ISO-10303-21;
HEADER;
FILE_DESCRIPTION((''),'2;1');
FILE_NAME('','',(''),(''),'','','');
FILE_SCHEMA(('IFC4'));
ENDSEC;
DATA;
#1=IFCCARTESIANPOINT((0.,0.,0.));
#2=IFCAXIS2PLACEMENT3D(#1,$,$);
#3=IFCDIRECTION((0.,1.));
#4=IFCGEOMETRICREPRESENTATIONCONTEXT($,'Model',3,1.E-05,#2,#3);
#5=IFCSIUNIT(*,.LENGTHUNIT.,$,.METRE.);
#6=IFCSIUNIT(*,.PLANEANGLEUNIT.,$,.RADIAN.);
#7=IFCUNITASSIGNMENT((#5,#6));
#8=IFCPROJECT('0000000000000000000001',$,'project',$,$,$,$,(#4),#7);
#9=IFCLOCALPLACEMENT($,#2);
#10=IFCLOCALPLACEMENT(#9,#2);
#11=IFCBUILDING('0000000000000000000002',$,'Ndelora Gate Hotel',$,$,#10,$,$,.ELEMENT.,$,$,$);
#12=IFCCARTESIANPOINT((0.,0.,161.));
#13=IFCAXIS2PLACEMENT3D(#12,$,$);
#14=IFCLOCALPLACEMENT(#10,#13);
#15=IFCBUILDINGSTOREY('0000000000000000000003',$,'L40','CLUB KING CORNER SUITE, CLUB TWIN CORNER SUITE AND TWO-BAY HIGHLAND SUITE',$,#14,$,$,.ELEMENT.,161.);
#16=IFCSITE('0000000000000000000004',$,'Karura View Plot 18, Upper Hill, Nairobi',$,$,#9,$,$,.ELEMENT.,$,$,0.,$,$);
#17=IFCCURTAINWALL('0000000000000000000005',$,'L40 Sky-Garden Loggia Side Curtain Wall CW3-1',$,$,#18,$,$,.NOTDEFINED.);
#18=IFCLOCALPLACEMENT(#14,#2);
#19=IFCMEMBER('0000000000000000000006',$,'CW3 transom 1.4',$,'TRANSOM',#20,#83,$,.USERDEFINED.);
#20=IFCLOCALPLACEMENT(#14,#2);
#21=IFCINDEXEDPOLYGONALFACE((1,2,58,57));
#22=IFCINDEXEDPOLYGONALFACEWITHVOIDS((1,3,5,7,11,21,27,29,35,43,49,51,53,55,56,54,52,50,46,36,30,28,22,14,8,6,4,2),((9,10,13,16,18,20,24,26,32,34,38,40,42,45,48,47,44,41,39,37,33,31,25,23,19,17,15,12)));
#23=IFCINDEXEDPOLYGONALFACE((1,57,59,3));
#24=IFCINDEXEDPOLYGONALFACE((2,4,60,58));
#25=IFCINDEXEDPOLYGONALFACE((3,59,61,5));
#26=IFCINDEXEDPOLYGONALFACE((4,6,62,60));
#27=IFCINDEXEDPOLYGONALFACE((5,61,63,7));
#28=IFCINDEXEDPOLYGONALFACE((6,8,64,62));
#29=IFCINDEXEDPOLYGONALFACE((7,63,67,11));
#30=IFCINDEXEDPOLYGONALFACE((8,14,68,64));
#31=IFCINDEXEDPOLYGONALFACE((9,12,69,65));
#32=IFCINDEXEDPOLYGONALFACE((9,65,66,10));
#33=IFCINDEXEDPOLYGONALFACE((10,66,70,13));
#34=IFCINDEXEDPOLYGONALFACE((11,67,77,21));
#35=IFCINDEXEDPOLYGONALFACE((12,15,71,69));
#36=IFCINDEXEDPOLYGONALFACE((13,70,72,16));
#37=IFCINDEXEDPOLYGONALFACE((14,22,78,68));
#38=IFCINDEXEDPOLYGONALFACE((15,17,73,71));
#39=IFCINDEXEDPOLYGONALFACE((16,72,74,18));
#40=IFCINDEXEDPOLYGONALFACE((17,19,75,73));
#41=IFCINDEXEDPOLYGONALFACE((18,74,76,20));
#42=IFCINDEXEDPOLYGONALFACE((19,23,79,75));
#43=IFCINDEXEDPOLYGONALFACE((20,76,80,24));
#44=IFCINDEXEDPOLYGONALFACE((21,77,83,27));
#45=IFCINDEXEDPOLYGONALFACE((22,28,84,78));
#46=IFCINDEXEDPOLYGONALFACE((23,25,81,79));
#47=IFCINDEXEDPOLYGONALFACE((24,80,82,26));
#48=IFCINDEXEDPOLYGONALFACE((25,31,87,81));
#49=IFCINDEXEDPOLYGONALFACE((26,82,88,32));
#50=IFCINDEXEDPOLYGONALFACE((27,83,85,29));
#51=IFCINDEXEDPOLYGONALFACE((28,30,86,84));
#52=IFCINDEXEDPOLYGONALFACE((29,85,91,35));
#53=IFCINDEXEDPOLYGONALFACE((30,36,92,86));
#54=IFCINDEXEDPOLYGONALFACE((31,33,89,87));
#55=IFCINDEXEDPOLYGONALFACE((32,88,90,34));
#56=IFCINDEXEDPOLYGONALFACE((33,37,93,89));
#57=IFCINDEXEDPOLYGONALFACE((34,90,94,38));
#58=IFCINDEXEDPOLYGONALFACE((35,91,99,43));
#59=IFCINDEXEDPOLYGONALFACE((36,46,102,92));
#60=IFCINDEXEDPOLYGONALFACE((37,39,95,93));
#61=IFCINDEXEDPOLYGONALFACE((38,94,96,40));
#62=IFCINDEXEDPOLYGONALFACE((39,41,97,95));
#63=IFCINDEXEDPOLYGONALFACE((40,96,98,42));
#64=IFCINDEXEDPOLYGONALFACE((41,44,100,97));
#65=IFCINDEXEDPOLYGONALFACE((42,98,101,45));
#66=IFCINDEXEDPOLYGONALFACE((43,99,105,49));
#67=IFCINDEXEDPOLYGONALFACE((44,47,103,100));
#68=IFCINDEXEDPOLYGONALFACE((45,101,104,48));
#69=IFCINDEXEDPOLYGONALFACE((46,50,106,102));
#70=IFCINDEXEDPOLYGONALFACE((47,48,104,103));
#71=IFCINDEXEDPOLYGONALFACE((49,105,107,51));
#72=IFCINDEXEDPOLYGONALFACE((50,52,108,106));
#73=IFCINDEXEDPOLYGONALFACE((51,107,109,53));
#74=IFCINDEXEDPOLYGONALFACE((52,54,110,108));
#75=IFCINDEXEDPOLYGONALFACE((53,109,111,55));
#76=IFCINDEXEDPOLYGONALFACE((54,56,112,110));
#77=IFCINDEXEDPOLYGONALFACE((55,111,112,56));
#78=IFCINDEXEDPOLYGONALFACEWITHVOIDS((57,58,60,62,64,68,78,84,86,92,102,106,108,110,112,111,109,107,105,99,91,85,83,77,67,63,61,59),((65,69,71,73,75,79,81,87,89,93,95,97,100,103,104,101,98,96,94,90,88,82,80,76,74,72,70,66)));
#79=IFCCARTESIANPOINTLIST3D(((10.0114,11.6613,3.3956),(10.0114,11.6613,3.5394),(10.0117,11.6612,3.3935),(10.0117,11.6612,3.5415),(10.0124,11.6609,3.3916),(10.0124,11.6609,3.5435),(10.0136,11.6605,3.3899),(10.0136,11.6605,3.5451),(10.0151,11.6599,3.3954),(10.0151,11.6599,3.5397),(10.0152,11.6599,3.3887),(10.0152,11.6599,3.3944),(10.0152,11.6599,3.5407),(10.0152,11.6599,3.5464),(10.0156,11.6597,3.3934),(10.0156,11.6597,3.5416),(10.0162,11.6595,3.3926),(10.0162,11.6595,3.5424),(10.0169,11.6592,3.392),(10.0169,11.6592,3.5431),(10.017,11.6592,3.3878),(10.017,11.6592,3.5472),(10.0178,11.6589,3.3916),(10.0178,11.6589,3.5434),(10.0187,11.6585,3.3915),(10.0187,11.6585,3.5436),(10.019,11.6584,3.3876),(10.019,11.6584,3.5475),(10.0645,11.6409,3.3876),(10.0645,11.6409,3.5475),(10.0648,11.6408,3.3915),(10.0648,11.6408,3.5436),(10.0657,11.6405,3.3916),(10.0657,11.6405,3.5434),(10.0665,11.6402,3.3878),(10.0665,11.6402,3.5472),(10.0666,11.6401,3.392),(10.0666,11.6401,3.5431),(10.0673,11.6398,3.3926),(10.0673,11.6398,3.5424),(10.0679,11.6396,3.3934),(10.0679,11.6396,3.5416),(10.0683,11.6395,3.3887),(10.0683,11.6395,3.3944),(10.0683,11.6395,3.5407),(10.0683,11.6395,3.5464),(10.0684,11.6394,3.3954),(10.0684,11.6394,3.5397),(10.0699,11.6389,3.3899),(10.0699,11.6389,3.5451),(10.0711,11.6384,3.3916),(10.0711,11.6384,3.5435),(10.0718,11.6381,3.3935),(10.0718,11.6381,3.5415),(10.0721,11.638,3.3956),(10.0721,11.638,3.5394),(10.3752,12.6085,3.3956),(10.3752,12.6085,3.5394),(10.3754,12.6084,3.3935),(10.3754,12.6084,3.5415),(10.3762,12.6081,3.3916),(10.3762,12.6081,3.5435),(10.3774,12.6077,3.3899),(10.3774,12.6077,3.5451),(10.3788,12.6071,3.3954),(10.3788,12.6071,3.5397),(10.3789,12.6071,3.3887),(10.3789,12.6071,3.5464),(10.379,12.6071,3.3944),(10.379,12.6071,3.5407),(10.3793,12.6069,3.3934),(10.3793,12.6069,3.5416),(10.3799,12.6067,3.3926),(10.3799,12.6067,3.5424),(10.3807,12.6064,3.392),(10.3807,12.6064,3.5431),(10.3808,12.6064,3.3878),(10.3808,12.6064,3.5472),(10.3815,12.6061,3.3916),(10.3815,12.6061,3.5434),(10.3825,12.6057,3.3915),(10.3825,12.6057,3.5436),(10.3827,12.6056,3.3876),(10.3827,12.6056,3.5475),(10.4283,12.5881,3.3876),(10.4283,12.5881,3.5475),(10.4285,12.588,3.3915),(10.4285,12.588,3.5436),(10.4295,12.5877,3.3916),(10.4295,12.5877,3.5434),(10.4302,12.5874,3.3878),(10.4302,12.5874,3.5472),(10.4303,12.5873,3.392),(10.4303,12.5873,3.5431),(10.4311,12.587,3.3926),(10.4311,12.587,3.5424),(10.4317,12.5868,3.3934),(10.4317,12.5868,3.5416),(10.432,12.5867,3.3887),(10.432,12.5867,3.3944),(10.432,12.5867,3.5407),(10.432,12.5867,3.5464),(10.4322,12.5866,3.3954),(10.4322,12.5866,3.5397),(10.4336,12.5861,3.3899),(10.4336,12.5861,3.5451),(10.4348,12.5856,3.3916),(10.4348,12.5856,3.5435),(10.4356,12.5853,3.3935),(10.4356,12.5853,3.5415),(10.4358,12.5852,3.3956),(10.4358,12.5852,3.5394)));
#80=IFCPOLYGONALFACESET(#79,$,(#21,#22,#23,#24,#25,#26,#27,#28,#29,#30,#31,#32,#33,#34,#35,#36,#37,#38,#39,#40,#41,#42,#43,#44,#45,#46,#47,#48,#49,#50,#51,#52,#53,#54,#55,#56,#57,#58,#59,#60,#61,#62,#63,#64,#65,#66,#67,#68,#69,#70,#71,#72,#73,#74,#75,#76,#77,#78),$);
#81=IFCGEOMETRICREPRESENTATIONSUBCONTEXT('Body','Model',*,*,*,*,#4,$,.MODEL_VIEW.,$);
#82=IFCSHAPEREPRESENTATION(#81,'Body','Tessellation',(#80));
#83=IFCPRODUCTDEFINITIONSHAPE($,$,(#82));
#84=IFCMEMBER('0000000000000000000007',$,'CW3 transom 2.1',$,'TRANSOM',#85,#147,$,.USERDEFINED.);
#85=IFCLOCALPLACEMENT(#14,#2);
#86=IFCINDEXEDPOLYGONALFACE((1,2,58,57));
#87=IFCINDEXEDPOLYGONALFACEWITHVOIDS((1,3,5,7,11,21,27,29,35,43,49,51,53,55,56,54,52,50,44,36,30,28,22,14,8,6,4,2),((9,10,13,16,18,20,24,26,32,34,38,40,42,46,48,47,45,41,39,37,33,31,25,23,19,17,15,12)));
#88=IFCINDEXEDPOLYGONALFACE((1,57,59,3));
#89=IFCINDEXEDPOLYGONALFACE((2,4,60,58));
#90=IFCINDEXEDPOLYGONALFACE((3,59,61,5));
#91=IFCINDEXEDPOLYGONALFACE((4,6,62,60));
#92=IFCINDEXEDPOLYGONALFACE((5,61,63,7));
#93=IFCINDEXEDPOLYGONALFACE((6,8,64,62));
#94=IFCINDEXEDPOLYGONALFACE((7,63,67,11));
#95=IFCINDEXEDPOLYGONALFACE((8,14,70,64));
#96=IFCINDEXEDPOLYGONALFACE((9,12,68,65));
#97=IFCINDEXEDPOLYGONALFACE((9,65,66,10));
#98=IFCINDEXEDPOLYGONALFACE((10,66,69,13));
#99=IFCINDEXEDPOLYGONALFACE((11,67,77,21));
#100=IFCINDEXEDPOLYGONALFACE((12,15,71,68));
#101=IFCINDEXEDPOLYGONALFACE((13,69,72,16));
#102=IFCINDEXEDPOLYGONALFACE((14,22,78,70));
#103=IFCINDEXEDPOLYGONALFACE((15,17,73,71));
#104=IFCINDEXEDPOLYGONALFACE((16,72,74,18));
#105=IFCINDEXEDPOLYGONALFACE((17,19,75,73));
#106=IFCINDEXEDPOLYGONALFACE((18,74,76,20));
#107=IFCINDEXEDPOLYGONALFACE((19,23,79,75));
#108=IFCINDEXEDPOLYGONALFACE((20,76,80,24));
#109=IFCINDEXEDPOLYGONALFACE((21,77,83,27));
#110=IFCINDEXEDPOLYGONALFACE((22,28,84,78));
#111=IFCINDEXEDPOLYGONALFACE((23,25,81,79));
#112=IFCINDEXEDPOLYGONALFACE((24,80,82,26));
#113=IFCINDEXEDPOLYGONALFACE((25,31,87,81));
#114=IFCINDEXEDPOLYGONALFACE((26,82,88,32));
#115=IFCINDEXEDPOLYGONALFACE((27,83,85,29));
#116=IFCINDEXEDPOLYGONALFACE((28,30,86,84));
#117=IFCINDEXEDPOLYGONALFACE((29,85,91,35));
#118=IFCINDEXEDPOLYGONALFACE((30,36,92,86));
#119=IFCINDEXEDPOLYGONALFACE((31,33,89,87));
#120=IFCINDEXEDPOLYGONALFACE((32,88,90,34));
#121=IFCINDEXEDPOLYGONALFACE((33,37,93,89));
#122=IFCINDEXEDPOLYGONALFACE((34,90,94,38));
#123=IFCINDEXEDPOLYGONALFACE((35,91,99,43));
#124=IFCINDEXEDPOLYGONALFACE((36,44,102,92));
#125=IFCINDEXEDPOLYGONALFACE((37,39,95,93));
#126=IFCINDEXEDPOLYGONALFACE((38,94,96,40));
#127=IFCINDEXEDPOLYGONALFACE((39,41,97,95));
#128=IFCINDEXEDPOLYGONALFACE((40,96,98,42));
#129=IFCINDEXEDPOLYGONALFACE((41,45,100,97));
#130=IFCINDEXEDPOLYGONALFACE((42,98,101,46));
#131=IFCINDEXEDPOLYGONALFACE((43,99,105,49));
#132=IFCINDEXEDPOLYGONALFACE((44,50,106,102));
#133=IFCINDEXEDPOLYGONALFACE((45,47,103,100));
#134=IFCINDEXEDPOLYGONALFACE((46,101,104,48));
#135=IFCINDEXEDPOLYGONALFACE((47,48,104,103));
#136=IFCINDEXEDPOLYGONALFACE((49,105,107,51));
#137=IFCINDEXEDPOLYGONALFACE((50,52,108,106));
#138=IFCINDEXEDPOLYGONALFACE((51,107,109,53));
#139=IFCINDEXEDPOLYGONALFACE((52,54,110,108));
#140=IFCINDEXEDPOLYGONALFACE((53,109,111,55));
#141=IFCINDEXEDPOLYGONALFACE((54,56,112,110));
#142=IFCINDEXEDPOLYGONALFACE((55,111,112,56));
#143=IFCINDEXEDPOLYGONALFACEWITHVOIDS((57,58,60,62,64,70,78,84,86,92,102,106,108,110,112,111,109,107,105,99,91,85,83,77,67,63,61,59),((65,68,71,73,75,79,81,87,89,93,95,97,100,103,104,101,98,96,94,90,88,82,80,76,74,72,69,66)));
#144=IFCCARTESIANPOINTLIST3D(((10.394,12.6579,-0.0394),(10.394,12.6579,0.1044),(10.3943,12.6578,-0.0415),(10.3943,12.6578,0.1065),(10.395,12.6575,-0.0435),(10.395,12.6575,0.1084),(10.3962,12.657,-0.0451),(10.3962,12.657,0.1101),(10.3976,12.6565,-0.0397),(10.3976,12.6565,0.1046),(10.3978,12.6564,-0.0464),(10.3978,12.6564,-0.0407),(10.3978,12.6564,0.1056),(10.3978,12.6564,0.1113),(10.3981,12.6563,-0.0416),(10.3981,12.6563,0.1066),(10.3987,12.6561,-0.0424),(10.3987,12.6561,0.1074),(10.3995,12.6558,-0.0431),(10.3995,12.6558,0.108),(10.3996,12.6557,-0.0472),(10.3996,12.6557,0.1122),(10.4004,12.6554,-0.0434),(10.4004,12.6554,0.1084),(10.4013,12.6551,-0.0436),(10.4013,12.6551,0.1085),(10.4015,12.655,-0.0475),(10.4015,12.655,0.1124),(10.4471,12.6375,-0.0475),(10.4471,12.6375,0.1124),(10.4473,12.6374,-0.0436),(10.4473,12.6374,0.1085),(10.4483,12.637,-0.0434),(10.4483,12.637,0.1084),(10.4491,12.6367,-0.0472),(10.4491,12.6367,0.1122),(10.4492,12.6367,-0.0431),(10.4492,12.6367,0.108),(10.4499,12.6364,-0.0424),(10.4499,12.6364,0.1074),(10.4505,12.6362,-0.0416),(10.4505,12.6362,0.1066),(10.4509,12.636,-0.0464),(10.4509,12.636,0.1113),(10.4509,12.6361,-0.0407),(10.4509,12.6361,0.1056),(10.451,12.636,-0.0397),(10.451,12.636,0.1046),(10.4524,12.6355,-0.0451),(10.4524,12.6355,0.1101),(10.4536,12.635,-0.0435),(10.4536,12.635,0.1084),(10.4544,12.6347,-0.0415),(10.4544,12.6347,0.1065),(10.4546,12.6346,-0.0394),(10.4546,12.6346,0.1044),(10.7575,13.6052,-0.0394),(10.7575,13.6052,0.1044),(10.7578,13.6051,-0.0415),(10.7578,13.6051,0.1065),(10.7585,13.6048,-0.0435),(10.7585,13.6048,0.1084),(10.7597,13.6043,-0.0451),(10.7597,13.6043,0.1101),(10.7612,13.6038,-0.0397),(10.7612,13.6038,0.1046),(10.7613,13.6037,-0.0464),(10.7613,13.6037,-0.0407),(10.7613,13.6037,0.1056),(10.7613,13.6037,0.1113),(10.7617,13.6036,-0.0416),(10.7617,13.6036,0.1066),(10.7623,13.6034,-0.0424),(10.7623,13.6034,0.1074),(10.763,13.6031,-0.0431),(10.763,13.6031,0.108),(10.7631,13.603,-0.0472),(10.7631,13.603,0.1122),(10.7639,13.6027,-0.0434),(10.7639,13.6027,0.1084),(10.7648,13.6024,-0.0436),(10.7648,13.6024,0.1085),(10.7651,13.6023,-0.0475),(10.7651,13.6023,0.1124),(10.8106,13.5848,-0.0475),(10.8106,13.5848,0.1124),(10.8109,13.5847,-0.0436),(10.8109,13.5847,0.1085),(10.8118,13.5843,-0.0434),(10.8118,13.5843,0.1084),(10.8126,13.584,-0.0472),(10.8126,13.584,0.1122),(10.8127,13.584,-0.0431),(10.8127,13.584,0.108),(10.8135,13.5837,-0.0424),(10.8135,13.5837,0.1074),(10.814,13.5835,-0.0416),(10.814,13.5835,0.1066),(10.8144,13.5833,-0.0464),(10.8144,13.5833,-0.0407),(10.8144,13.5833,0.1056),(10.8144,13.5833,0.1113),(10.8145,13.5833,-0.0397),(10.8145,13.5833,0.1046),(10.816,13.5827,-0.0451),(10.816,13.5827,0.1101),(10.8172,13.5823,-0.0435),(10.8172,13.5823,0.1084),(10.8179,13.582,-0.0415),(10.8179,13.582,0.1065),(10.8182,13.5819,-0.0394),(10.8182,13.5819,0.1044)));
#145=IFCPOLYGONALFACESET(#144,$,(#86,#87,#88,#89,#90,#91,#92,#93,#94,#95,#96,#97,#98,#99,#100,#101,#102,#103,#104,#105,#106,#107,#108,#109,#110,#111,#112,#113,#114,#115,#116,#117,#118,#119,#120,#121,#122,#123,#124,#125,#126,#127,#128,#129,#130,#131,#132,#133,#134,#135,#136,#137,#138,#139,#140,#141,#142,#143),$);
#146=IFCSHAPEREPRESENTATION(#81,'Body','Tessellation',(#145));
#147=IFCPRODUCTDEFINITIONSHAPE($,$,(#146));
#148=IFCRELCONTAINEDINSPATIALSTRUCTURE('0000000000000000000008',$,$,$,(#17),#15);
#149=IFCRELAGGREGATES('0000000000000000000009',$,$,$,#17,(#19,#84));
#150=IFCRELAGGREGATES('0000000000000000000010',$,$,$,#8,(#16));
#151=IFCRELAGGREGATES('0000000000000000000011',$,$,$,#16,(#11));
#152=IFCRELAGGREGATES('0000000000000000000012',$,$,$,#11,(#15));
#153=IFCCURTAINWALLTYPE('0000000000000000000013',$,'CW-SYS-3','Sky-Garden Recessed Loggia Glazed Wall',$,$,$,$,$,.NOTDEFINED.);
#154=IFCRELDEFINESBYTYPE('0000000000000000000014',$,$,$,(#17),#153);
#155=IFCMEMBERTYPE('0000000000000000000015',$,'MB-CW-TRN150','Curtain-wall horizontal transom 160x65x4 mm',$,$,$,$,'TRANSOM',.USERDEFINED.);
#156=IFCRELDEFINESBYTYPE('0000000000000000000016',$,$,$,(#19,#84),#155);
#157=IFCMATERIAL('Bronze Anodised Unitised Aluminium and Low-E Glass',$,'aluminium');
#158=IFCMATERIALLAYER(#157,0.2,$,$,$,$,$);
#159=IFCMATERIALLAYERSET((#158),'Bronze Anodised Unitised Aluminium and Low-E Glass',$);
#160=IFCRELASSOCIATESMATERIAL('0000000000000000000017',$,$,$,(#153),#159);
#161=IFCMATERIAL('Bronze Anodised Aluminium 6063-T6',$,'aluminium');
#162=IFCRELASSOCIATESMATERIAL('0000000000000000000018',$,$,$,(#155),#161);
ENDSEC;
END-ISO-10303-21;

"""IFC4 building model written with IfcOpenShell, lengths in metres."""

from ifc_helpers import new_model, si_unit, direction, frame, origin, origin_2d, place, context, subcontext, project, spatial, hollow_rectangle, extrude, material, layer, layer_set, material_profile, profile_set, type_object, element, aggregate, save


model = new_model("IFC4")

# Units and contexts
model_context = context("Model", 3, precision=1e-05, world=origin(), true_north=direction((0.0, 1.0)))
body_context = subcontext(model_context, "Body", "Model", "MODEL_VIEW")
ifc_project = project(units=[si_unit("LENGTHUNIT", "METRE"), si_unit("PLANEANGLEUNIT", "RADIAN")], contexts=[model_context])

# Site, building, storey
site_placement = place(None, origin())
site = spatial("IfcSite", under=ifc_project, at=site_placement, Name="Karura View Plot 18, Upper Hill, Nairobi", CompositionType="ELEMENT", RefElevation=0.0)
building_placement = place(site_placement, origin())
building = spatial("IfcBuilding", under=site, at=building_placement, Name="Ndelora Gate Hotel", CompositionType="ELEMENT")
storey_placement = place(building_placement, frame((0.0, 0.0, 161.0)))
storey = spatial("IfcBuildingStorey", under=building, at=storey_placement, Name="L40", Description="CLUB KING CORNER SUITE, CLUB TWIN CORNER SUITE AND TWO-BAY HIGHLAND SUITE", CompositionType="ELEMENT", Elevation=161.0)

# Curtain wall, members
ifc_material_1 = material(Name="Bronze Anodised Unitised Aluminium and Low-E Glass", Category="aluminium")
ifc_layer_1 = layer(ifc_material_1, 0.2)
ifc_layer_set_1 = layer_set([ifc_layer_1], Name="Bronze Anodised Unitised Aluminium and Low-E Glass")
curtain_wall_type = type_object("IfcCurtainWallType", Name="CW-SYS-3", Description="Sky-Garden Recessed Loggia Glazed Wall", PredefinedType="NOTDEFINED", material=ifc_layer_set_1)
curtain_wall_placement = place(storey_placement, origin())
curtain_wall = element("IfcCurtainWall", 1, at=curtain_wall_placement, inside=storey, type_object=curtain_wall_type, Name="L40 Sky-Garden Loggia Side Curtain Wall CW3-1", PredefinedType="NOTDEFINED")
ifc_material_2 = material(Name="Bronze Anodised Aluminium 6063-T6", Category="aluminium")
ifc_material_profile_1 = material_profile(ifc_material_2, hollow_rectangle(XDim=0.0649, YDim=0.1599, WallThickness=0.0039, InnerFilletRadius=0.0039, OuterFilletRadius=0.0081, at=origin_2d()), Name="ALU 160x65x4")
ifc_profile_set_1 = profile_set([ifc_material_profile_1], Name="Bronze Anodised Aluminium 6063-T6")
member_type_1 = type_object("IfcMemberType", Name="MB-CW-TRN150", Description="Curtain-wall horizontal transom 160x65x4 mm", ElementType="TRANSOM", PredefinedType="USERDEFINED", material=ifc_profile_set_1)
member_1_placement = place(storey_placement, frame((10.0417, 11.6497, 3.4675), z_axis=(0.358495, 0.933532, 0.0), x_axis=(-0.933532, 0.358495, 0.0)))
member_1 = element("IfcMember", 2, at=member_1_placement, type_object=member_type_1, Name="CW3 transom 1.4", ObjectType="TRANSOM", PredefinedType="USERDEFINED", context=body_context, shape_type="SweptSolid", body=[
    extrude(hollow_rectangle(XDim=0.0649, YDim=0.1599, WallThickness=0.0039, InnerFilletRadius=0.0039, OuterFilletRadius=0.0081, at=origin_2d()), origin(), (0.0, 0.0, 1.0), 1.0146),
])
member_2_placement = place(storey_placement, frame((10.4243, 12.6462, 0.0325), z_axis=(0.358286, 0.933612, 0.0), x_axis=(-0.933612, 0.358286, 0.0)))
member_2 = element("IfcMember", 3, at=member_2_placement, type_object=member_type_1, Name="CW3 transom 2.1", ObjectType="TRANSOM", PredefinedType="USERDEFINED", context=body_context, shape_type="SweptSolid", body=[
    extrude(hollow_rectangle(XDim=0.0649, YDim=0.1599, WallThickness=0.0039, InnerFilletRadius=0.0039, OuterFilletRadius=0.0081, at=origin_2d()), origin(), (0.0, 0.0, 1.0), 1.0146),
])
aggregate(curtain_wall, [member_1, member_2])

save(model, "model.ifc")
